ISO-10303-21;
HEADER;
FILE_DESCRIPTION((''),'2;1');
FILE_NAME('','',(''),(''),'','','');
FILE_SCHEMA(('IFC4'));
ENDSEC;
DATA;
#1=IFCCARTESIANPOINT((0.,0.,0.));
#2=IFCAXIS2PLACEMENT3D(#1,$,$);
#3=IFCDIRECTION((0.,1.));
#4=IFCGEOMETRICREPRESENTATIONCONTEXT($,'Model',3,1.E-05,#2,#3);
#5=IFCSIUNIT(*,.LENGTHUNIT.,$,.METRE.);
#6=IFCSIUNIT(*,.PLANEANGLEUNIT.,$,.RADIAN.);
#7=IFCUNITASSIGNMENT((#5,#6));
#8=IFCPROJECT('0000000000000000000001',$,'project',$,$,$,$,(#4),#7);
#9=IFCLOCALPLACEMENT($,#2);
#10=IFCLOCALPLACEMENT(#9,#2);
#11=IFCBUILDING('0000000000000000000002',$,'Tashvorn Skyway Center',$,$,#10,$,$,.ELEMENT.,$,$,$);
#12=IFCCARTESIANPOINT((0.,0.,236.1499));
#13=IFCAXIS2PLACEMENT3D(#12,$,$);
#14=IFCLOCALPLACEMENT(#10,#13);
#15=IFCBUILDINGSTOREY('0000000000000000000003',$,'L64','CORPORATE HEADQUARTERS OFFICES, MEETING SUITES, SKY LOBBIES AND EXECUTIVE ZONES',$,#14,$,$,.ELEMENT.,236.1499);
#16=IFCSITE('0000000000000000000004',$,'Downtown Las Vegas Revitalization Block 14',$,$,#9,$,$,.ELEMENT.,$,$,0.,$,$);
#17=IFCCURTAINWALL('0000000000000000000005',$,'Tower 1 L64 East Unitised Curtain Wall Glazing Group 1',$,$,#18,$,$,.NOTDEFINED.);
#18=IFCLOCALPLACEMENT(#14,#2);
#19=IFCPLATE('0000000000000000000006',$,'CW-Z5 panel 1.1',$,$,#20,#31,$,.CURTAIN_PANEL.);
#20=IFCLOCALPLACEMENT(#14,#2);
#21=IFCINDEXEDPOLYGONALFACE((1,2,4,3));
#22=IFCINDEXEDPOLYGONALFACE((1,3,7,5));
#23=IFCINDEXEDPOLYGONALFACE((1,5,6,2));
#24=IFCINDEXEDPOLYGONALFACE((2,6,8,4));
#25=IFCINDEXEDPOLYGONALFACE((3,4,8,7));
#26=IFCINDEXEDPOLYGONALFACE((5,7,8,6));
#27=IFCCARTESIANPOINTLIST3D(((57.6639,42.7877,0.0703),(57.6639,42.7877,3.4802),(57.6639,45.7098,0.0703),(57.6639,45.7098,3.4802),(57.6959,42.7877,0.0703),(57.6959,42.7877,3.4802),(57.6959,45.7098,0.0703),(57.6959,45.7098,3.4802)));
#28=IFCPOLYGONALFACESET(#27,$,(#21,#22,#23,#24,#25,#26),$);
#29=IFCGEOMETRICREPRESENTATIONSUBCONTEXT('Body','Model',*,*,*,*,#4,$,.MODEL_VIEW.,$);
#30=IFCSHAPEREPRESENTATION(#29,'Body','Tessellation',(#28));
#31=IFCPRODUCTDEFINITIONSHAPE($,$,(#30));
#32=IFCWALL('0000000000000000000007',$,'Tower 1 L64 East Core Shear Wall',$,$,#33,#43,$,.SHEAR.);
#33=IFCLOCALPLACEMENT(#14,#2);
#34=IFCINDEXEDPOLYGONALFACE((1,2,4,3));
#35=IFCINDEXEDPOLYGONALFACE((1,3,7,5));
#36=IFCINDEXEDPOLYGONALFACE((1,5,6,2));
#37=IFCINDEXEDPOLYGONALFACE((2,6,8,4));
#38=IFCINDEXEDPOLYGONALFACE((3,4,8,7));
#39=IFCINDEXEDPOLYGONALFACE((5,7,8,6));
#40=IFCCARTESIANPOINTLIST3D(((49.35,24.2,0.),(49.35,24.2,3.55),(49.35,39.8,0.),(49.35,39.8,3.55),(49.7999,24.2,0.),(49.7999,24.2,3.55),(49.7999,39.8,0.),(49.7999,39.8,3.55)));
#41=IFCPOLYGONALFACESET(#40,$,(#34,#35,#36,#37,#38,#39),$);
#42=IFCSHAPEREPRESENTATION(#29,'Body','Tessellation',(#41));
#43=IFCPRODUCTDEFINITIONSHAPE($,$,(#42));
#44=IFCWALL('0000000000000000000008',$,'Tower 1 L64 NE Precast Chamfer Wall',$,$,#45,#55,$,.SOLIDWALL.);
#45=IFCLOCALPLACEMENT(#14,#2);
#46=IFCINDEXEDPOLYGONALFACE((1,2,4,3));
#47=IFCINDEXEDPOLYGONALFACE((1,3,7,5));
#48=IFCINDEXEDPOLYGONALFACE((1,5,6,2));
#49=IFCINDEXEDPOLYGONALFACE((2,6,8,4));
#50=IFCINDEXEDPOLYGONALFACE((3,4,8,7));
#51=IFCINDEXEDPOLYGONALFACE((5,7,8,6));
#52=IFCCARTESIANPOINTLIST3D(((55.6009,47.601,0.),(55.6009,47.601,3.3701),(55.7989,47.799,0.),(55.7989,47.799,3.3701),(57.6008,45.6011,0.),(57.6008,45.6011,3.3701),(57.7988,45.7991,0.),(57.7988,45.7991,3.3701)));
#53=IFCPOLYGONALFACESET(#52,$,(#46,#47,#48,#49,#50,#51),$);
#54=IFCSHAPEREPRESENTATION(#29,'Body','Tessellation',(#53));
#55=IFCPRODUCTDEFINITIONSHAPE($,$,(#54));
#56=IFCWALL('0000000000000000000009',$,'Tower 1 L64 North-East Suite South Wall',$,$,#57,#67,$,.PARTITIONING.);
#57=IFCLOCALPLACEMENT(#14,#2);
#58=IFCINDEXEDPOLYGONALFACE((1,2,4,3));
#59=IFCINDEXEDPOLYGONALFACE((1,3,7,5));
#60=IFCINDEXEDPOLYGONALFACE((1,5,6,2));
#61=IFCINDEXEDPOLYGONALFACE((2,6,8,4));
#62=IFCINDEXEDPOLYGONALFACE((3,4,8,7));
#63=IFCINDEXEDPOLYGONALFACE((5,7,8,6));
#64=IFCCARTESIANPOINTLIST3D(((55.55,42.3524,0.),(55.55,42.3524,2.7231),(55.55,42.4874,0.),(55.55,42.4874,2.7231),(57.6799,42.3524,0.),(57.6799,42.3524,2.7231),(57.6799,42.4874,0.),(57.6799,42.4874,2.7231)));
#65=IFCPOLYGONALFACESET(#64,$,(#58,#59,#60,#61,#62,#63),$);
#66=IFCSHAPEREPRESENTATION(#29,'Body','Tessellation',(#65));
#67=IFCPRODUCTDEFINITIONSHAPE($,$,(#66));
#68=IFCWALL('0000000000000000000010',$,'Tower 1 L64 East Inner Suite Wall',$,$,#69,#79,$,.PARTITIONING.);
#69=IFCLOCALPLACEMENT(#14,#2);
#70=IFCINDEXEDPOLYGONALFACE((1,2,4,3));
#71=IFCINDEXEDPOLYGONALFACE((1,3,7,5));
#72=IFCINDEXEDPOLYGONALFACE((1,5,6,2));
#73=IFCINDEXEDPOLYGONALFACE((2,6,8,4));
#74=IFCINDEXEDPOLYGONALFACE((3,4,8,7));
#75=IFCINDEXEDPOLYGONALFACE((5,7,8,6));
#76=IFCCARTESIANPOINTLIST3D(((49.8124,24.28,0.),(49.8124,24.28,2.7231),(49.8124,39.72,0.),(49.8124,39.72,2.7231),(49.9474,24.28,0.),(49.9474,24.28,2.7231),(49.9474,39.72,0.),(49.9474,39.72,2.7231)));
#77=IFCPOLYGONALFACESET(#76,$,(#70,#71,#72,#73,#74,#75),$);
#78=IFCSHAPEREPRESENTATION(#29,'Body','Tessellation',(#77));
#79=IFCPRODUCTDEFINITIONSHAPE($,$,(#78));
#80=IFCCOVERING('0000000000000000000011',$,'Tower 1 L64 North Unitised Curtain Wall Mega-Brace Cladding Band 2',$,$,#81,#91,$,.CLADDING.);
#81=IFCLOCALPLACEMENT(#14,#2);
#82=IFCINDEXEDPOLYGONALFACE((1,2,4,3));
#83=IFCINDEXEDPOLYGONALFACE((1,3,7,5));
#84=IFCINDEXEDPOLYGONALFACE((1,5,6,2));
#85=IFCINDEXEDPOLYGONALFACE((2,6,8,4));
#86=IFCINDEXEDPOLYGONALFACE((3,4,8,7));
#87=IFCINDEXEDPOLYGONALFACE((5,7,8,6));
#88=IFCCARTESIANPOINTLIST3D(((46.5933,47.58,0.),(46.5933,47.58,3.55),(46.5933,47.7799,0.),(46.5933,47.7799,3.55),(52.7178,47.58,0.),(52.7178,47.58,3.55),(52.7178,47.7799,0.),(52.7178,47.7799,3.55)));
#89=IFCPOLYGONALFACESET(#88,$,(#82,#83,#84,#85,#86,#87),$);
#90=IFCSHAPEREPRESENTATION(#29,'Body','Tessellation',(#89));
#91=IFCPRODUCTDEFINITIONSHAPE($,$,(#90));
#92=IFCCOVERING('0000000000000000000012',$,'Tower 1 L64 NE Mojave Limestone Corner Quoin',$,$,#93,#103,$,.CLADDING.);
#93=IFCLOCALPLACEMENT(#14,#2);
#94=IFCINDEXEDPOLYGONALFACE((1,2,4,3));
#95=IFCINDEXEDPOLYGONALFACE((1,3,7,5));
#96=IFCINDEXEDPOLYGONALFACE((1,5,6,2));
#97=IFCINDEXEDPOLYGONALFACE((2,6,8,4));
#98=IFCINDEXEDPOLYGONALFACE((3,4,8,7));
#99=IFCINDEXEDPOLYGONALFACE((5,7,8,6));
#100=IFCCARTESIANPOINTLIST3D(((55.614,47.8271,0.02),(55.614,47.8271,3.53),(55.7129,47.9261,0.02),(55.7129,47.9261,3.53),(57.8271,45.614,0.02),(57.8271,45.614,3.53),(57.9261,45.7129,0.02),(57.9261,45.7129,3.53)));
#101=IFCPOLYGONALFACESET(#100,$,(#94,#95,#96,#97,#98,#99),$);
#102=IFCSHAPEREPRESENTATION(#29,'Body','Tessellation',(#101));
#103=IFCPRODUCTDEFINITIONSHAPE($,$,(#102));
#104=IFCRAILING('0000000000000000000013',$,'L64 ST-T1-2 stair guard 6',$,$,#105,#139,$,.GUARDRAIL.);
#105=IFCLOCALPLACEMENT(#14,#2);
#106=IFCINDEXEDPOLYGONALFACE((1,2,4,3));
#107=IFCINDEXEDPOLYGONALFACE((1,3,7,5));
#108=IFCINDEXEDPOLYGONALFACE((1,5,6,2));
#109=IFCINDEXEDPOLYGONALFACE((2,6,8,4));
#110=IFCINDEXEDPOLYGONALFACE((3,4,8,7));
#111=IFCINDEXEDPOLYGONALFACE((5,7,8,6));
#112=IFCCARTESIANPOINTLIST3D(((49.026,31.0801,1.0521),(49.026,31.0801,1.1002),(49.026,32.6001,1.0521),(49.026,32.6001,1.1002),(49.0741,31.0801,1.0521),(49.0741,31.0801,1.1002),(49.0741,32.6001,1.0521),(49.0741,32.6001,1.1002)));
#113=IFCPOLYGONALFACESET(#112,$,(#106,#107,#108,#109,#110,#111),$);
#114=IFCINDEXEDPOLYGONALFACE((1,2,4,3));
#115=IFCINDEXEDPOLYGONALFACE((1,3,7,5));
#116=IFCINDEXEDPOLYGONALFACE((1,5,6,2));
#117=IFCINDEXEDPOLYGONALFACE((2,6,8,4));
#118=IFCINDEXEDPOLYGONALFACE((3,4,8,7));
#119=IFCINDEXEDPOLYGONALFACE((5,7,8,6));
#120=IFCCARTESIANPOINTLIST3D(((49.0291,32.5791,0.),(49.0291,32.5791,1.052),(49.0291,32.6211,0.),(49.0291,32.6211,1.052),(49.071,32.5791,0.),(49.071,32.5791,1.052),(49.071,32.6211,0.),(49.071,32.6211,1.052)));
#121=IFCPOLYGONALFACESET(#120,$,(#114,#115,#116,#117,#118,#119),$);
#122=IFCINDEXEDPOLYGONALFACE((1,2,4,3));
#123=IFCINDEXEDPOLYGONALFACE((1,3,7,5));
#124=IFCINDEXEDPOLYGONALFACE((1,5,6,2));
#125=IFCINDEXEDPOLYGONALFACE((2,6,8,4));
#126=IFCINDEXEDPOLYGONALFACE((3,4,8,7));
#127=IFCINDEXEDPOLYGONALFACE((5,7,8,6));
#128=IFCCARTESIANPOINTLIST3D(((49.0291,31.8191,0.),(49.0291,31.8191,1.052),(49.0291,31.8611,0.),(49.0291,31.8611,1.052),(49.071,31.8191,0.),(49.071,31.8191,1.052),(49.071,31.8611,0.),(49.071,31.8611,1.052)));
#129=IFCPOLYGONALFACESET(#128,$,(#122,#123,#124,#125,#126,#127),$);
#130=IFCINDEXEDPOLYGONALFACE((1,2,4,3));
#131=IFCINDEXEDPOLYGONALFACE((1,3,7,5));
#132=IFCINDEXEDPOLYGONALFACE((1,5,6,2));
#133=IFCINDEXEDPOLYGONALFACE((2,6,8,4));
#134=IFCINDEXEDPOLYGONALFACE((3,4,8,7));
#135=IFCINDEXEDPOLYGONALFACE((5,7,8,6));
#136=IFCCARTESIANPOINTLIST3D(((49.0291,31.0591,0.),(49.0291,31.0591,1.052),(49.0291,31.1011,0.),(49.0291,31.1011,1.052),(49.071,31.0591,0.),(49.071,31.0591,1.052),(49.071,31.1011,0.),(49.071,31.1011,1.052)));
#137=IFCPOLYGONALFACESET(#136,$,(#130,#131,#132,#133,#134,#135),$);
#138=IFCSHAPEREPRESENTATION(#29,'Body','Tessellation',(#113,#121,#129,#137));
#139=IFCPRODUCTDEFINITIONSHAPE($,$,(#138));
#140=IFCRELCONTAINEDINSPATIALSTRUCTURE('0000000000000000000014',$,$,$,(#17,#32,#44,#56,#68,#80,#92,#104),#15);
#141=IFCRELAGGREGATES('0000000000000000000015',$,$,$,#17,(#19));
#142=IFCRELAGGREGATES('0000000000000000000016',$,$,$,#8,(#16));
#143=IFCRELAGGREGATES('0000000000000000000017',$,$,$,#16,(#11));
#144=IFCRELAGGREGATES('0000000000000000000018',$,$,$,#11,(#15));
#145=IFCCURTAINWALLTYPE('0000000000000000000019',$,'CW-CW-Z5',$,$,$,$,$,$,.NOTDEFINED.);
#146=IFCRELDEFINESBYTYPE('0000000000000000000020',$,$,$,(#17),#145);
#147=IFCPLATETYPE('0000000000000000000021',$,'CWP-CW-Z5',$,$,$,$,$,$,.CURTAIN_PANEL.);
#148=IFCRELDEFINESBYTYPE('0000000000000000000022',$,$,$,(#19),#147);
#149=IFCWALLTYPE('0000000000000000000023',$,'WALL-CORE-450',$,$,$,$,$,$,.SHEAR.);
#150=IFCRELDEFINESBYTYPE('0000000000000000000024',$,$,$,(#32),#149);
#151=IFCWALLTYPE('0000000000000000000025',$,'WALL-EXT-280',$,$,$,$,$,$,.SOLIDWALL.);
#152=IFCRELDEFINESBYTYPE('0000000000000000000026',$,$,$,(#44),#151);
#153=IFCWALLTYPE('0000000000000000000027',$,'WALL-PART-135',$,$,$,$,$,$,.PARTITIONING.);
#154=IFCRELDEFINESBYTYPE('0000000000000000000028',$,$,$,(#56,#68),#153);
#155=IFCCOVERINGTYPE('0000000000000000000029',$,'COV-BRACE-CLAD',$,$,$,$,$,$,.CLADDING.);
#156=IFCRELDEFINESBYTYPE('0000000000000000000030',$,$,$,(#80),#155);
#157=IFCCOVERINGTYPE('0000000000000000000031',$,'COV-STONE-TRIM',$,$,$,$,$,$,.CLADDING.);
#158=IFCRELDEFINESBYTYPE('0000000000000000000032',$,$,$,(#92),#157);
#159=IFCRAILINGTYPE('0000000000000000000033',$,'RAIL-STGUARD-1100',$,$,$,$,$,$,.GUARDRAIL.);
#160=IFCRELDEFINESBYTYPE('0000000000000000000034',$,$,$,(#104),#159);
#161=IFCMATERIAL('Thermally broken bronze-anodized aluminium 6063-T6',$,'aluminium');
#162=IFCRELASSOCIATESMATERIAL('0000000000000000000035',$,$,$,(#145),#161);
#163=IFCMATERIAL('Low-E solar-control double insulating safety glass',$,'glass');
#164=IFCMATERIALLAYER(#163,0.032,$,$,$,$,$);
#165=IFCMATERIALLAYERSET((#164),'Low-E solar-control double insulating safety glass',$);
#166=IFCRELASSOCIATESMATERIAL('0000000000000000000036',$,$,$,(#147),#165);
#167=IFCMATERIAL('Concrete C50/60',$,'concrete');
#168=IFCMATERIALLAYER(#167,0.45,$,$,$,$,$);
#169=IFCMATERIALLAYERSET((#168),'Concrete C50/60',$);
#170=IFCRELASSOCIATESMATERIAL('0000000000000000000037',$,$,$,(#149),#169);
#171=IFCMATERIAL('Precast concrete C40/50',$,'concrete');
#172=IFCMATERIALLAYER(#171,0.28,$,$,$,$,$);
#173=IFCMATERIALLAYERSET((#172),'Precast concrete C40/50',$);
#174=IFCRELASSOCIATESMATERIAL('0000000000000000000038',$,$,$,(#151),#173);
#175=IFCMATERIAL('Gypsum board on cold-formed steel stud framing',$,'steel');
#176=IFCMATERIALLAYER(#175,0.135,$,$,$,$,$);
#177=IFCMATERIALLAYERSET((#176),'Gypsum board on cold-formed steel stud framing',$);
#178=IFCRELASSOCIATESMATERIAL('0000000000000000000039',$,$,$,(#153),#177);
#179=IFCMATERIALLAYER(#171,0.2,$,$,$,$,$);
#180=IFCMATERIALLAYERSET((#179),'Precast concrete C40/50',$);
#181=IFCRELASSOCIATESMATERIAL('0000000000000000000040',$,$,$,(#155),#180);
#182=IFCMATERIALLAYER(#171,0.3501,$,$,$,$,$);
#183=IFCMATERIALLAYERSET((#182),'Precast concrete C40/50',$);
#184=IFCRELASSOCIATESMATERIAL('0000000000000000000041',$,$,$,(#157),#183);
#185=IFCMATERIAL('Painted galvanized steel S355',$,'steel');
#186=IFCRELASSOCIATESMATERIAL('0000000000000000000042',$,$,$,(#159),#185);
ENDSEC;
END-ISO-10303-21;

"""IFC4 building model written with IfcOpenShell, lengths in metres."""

from ifc_helpers import new_model, si_unit, direction, frame, frame_2d, origin, origin_2d, place, context, subcontext, project, spatial, rectangle, extrude, material, layer, layer_set, type_object, element, aggregate, save


model = new_model("IFC4")

# Units and contexts
model_context = context("Model", 3, precision=1e-05, world=origin(), true_north=direction((0.0, 1.0)))
body_context = subcontext(model_context, "Body", "Model", "MODEL_VIEW")
ifc_project = project(units=[si_unit("LENGTHUNIT", "METRE"), si_unit("PLANEANGLEUNIT", "RADIAN")], contexts=[model_context])

# Site, building, storey
site_placement = place(None, origin())
site = spatial("IfcSite", under=ifc_project, at=site_placement, Name="Downtown Las Vegas Revitalization Block 14", CompositionType="ELEMENT", RefElevation=0.0)
building_placement = place(site_placement, origin())
building = spatial("IfcBuilding", under=site, at=building_placement, Name="Tashvorn Skyway Center", CompositionType="ELEMENT")
storey_placement = place(building_placement, frame((0.0, 0.0, 236.1499)))
storey = spatial("IfcBuildingStorey", under=building, at=storey_placement, Name="L64", Description="CORPORATE HEADQUARTERS OFFICES, MEETING SUITES, SKY LOBBIES AND EXECUTIVE ZONES", CompositionType="ELEMENT", Elevation=236.1499)

# Curtain wall
ifc_material_1 = material(Name="Thermally broken bronze-anodized aluminium 6063-T6", Category="aluminium")
curtain_wall_type = type_object("IfcCurtainWallType", Name="CW-CW-Z5", PredefinedType="NOTDEFINED", material=ifc_material_1)
curtain_wall_1_placement = place(storey_placement, origin())
curtain_wall_1 = element("IfcCurtainWall", 1, at=curtain_wall_1_placement, inside=storey, type_object=curtain_wall_type, Name="Tower 1 L64 East Unitised Curtain Wall Glazing Group 1", PredefinedType="NOTDEFINED")

# Plate
ifc_material_2 = material(Name="Low-E solar-control double insulating safety glass", Category="glass")
ifc_layer_1 = layer(ifc_material_2, 0.032)
ifc_layer_set_1 = layer_set([ifc_layer_1], Name="Low-E solar-control double insulating safety glass")
plate_type = type_object("IfcPlateType", Name="CWP-CW-Z5", PredefinedType="CURTAIN_PANEL", material=ifc_layer_set_1)
plate_1_placement = place(storey_placement, frame((57.6799, 44.2488, 0.0703), z_axis=(0.0, 0.0, 1.0), x_axis=(0.0, -1.0, 0.0)))
plate_1 = element("IfcPlate", 2, at=plate_1_placement, type_object=plate_type, Name="CW-Z5 panel 1.1", PredefinedType="CURTAIN_PANEL", context=body_context, shape_type="SweptSolid", body=[
    extrude(rectangle(XDim=2.9221, YDim=0.032, at=origin_2d()), origin(), (0.0, 0.0, 1.0), 3.4099),
])
aggregate(curtain_wall_1, [plate_1])

# Walls
ifc_material_3 = material(Name="Concrete C50/60", Category="concrete")
ifc_layer_2 = layer(ifc_material_3, 0.45)
ifc_layer_set_2 = layer_set([ifc_layer_2], Name="Concrete C50/60")
wall_type_1 = type_object("IfcWallType", Name="WALL-CORE-450", PredefinedType="SHEAR", material=ifc_layer_set_2)
wall_1_placement = place(storey_placement, frame((49.575, 39.8, 0.0), z_axis=(0.0, 0.0, 1.0), x_axis=(0.0, -1.0, 0.0)))
element("IfcWall", 3, at=wall_1_placement, inside=storey, type_object=wall_type_1, Name="Tower 1 L64 East Core Shear Wall", PredefinedType="SHEAR", context=body_context, shape_type="SweptSolid", body=[
    extrude(rectangle(XDim=15.6001, YDim=0.45, at=frame_2d((7.8, 0.0))), origin(), (0.0, 0.0, 1.0), 3.55),
])
ifc_material_4 = material(Name="Precast concrete C40/50", Category="concrete")
ifc_layer_3 = layer(ifc_material_4, 0.28)
ifc_layer_set_3 = layer_set([ifc_layer_3], Name="Precast concrete C40/50")
wall_type_2 = type_object("IfcWallType", Name="WALL-EXT-280", PredefinedType="SOLIDWALL", material=ifc_layer_set_3)
wall_2_placement = place(storey_placement, frame((55.7, 47.7, 0.0), z_axis=(0.0, 0.0, 1.0), x_axis=(0.707107, -0.707107, 0.0)))
element("IfcWall", 4, at=wall_2_placement, inside=storey, type_object=wall_type_2, Name="Tower 1 L64 NE Precast Chamfer Wall", PredefinedType="SOLIDWALL", context=body_context, shape_type="SweptSolid", body=[
    extrude(rectangle(XDim=2.8284, YDim=0.28, at=frame_2d((1.4141, 0.0))), origin(), (0.0, 0.0, 1.0), 3.3701),
])
ifc_material_5 = material(Name="Gypsum board on cold-formed steel stud framing", Category="steel")
ifc_layer_4 = layer(ifc_material_5, 0.135)
ifc_layer_set_4 = layer_set([ifc_layer_4], Name="Gypsum board on cold-formed steel stud framing")
wall_type_3 = type_object("IfcWallType", Name="WALL-PART-135", PredefinedType="PARTITIONING", material=ifc_layer_set_4)
wall_3_placement = place(storey_placement, frame((55.55, 42.4199, 0.0), z_axis=(0.0, 0.0, 1.0), x_axis=(1.0, 0.0, 0.0)))
element("IfcWall", 5, at=wall_3_placement, inside=storey, type_object=wall_type_3, Name="Tower 1 L64 North-East Suite South Wall", PredefinedType="PARTITIONING", context=body_context, shape_type="SweptSolid", body=[
    extrude(rectangle(XDim=2.1299, YDim=0.135, at=frame_2d((1.0649, 0.0))), origin(), (0.0, 0.0, 1.0), 2.7231),
])
wall_4_placement = place(storey_placement, frame((49.8799, 39.72, 0.0), z_axis=(0.0, 0.0, 1.0), x_axis=(0.0, -1.0, 0.0)))
element("IfcWall", 6, at=wall_4_placement, inside=storey, type_object=wall_type_3, Name="Tower 1 L64 East Inner Suite Wall", PredefinedType="PARTITIONING", context=body_context, shape_type="SweptSolid", body=[
    extrude(rectangle(XDim=15.4399, YDim=0.135, at=frame_2d((7.72, 0.0))), origin(), (0.0, 0.0, 1.0), 2.7231),
])

# Coverings
ifc_layer_5 = layer(ifc_material_4, 0.2)
ifc_layer_set_5 = layer_set([ifc_layer_5], Name="Precast concrete C40/50")
covering_type_1 = type_object("IfcCoveringType", Name="COV-BRACE-CLAD", PredefinedType="CLADDING", material=ifc_layer_set_5)
covering_1_placement = place(storey_placement, frame((49.6555, 47.6799, 0.0), z_axis=(0.0, 0.0, 1.0), x_axis=(1.0, 0.0, 0.0)))
element("IfcCovering", 7, at=covering_1_placement, inside=storey, type_object=covering_type_1, Name="Tower 1 L64 North Unitised Curtain Wall Mega-Brace Cladding Band 2", PredefinedType="CLADDING", context=body_context, shape_type="SweptSolid", body=[
    extrude(rectangle(XDim=6.1245, YDim=0.2, at=origin_2d()), origin(), (0.0, 0.0, 1.0), 3.55),
])
ifc_layer_6 = layer(ifc_material_4, 0.3501)
ifc_layer_set_6 = layer_set([ifc_layer_6], Name="Precast concrete C40/50")
covering_type_2 = type_object("IfcCoveringType", Name="COV-STONE-TRIM", PredefinedType="CLADDING", material=ifc_layer_set_6)
covering_2_placement = place(storey_placement, frame((56.77, 46.77, 0.02), z_axis=(0.0, 0.0, 1.0), x_axis=(0.707107, -0.707107, 0.0)))
element("IfcCovering", 8, at=covering_2_placement, inside=storey, type_object=covering_type_2, Name="Tower 1 L64 NE Mojave Limestone Corner Quoin", PredefinedType="CLADDING", context=body_context, shape_type="SweptSolid", body=[
    extrude(rectangle(XDim=3.1299, YDim=0.1399, at=origin_2d()), origin(), (0.0, 0.0, 1.0), 3.51),
])

# Railing
ifc_material_6 = material(Name="Painted galvanized steel S355", Category="steel")
railing_type = type_object("IfcRailingType", Name="RAIL-STGUARD-1100", PredefinedType="GUARDRAIL", material=ifc_material_6)
railing_placement = place(storey_placement, frame((49.05, 32.6001, 0.0)))
element("IfcRailing", 9, at=railing_placement, inside=storey, type_object=railing_type, Name="L64 ST-T1-2 stair guard 6", PredefinedType="GUARDRAIL", context=body_context, shape_type="SweptSolid", body=[
    extrude(rectangle(XDim=0.0481, YDim=0.0481, at=origin_2d()), frame((0.0, 0.0, 1.0762), z_axis=(0.0, -1.0, 0.0), x_axis=(1.0, 0.0, 0.0)), (0.0, 0.0, 1.0), 1.52),
    extrude(rectangle(XDim=0.042, YDim=0.042, at=origin_2d()), origin(), (0.0, 0.0, 1.0), 1.052),
    extrude(rectangle(XDim=0.042, YDim=0.042, at=origin_2d()), frame((0.0, -0.76, 0.0)), (0.0, 0.0, 1.0), 1.052),
    extrude(rectangle(XDim=0.042, YDim=0.042, at=origin_2d()), frame((0.0, -1.52, 0.0)), (0.0, 0.0, 1.0), 1.052),
])

save(model, "model.ifc")
